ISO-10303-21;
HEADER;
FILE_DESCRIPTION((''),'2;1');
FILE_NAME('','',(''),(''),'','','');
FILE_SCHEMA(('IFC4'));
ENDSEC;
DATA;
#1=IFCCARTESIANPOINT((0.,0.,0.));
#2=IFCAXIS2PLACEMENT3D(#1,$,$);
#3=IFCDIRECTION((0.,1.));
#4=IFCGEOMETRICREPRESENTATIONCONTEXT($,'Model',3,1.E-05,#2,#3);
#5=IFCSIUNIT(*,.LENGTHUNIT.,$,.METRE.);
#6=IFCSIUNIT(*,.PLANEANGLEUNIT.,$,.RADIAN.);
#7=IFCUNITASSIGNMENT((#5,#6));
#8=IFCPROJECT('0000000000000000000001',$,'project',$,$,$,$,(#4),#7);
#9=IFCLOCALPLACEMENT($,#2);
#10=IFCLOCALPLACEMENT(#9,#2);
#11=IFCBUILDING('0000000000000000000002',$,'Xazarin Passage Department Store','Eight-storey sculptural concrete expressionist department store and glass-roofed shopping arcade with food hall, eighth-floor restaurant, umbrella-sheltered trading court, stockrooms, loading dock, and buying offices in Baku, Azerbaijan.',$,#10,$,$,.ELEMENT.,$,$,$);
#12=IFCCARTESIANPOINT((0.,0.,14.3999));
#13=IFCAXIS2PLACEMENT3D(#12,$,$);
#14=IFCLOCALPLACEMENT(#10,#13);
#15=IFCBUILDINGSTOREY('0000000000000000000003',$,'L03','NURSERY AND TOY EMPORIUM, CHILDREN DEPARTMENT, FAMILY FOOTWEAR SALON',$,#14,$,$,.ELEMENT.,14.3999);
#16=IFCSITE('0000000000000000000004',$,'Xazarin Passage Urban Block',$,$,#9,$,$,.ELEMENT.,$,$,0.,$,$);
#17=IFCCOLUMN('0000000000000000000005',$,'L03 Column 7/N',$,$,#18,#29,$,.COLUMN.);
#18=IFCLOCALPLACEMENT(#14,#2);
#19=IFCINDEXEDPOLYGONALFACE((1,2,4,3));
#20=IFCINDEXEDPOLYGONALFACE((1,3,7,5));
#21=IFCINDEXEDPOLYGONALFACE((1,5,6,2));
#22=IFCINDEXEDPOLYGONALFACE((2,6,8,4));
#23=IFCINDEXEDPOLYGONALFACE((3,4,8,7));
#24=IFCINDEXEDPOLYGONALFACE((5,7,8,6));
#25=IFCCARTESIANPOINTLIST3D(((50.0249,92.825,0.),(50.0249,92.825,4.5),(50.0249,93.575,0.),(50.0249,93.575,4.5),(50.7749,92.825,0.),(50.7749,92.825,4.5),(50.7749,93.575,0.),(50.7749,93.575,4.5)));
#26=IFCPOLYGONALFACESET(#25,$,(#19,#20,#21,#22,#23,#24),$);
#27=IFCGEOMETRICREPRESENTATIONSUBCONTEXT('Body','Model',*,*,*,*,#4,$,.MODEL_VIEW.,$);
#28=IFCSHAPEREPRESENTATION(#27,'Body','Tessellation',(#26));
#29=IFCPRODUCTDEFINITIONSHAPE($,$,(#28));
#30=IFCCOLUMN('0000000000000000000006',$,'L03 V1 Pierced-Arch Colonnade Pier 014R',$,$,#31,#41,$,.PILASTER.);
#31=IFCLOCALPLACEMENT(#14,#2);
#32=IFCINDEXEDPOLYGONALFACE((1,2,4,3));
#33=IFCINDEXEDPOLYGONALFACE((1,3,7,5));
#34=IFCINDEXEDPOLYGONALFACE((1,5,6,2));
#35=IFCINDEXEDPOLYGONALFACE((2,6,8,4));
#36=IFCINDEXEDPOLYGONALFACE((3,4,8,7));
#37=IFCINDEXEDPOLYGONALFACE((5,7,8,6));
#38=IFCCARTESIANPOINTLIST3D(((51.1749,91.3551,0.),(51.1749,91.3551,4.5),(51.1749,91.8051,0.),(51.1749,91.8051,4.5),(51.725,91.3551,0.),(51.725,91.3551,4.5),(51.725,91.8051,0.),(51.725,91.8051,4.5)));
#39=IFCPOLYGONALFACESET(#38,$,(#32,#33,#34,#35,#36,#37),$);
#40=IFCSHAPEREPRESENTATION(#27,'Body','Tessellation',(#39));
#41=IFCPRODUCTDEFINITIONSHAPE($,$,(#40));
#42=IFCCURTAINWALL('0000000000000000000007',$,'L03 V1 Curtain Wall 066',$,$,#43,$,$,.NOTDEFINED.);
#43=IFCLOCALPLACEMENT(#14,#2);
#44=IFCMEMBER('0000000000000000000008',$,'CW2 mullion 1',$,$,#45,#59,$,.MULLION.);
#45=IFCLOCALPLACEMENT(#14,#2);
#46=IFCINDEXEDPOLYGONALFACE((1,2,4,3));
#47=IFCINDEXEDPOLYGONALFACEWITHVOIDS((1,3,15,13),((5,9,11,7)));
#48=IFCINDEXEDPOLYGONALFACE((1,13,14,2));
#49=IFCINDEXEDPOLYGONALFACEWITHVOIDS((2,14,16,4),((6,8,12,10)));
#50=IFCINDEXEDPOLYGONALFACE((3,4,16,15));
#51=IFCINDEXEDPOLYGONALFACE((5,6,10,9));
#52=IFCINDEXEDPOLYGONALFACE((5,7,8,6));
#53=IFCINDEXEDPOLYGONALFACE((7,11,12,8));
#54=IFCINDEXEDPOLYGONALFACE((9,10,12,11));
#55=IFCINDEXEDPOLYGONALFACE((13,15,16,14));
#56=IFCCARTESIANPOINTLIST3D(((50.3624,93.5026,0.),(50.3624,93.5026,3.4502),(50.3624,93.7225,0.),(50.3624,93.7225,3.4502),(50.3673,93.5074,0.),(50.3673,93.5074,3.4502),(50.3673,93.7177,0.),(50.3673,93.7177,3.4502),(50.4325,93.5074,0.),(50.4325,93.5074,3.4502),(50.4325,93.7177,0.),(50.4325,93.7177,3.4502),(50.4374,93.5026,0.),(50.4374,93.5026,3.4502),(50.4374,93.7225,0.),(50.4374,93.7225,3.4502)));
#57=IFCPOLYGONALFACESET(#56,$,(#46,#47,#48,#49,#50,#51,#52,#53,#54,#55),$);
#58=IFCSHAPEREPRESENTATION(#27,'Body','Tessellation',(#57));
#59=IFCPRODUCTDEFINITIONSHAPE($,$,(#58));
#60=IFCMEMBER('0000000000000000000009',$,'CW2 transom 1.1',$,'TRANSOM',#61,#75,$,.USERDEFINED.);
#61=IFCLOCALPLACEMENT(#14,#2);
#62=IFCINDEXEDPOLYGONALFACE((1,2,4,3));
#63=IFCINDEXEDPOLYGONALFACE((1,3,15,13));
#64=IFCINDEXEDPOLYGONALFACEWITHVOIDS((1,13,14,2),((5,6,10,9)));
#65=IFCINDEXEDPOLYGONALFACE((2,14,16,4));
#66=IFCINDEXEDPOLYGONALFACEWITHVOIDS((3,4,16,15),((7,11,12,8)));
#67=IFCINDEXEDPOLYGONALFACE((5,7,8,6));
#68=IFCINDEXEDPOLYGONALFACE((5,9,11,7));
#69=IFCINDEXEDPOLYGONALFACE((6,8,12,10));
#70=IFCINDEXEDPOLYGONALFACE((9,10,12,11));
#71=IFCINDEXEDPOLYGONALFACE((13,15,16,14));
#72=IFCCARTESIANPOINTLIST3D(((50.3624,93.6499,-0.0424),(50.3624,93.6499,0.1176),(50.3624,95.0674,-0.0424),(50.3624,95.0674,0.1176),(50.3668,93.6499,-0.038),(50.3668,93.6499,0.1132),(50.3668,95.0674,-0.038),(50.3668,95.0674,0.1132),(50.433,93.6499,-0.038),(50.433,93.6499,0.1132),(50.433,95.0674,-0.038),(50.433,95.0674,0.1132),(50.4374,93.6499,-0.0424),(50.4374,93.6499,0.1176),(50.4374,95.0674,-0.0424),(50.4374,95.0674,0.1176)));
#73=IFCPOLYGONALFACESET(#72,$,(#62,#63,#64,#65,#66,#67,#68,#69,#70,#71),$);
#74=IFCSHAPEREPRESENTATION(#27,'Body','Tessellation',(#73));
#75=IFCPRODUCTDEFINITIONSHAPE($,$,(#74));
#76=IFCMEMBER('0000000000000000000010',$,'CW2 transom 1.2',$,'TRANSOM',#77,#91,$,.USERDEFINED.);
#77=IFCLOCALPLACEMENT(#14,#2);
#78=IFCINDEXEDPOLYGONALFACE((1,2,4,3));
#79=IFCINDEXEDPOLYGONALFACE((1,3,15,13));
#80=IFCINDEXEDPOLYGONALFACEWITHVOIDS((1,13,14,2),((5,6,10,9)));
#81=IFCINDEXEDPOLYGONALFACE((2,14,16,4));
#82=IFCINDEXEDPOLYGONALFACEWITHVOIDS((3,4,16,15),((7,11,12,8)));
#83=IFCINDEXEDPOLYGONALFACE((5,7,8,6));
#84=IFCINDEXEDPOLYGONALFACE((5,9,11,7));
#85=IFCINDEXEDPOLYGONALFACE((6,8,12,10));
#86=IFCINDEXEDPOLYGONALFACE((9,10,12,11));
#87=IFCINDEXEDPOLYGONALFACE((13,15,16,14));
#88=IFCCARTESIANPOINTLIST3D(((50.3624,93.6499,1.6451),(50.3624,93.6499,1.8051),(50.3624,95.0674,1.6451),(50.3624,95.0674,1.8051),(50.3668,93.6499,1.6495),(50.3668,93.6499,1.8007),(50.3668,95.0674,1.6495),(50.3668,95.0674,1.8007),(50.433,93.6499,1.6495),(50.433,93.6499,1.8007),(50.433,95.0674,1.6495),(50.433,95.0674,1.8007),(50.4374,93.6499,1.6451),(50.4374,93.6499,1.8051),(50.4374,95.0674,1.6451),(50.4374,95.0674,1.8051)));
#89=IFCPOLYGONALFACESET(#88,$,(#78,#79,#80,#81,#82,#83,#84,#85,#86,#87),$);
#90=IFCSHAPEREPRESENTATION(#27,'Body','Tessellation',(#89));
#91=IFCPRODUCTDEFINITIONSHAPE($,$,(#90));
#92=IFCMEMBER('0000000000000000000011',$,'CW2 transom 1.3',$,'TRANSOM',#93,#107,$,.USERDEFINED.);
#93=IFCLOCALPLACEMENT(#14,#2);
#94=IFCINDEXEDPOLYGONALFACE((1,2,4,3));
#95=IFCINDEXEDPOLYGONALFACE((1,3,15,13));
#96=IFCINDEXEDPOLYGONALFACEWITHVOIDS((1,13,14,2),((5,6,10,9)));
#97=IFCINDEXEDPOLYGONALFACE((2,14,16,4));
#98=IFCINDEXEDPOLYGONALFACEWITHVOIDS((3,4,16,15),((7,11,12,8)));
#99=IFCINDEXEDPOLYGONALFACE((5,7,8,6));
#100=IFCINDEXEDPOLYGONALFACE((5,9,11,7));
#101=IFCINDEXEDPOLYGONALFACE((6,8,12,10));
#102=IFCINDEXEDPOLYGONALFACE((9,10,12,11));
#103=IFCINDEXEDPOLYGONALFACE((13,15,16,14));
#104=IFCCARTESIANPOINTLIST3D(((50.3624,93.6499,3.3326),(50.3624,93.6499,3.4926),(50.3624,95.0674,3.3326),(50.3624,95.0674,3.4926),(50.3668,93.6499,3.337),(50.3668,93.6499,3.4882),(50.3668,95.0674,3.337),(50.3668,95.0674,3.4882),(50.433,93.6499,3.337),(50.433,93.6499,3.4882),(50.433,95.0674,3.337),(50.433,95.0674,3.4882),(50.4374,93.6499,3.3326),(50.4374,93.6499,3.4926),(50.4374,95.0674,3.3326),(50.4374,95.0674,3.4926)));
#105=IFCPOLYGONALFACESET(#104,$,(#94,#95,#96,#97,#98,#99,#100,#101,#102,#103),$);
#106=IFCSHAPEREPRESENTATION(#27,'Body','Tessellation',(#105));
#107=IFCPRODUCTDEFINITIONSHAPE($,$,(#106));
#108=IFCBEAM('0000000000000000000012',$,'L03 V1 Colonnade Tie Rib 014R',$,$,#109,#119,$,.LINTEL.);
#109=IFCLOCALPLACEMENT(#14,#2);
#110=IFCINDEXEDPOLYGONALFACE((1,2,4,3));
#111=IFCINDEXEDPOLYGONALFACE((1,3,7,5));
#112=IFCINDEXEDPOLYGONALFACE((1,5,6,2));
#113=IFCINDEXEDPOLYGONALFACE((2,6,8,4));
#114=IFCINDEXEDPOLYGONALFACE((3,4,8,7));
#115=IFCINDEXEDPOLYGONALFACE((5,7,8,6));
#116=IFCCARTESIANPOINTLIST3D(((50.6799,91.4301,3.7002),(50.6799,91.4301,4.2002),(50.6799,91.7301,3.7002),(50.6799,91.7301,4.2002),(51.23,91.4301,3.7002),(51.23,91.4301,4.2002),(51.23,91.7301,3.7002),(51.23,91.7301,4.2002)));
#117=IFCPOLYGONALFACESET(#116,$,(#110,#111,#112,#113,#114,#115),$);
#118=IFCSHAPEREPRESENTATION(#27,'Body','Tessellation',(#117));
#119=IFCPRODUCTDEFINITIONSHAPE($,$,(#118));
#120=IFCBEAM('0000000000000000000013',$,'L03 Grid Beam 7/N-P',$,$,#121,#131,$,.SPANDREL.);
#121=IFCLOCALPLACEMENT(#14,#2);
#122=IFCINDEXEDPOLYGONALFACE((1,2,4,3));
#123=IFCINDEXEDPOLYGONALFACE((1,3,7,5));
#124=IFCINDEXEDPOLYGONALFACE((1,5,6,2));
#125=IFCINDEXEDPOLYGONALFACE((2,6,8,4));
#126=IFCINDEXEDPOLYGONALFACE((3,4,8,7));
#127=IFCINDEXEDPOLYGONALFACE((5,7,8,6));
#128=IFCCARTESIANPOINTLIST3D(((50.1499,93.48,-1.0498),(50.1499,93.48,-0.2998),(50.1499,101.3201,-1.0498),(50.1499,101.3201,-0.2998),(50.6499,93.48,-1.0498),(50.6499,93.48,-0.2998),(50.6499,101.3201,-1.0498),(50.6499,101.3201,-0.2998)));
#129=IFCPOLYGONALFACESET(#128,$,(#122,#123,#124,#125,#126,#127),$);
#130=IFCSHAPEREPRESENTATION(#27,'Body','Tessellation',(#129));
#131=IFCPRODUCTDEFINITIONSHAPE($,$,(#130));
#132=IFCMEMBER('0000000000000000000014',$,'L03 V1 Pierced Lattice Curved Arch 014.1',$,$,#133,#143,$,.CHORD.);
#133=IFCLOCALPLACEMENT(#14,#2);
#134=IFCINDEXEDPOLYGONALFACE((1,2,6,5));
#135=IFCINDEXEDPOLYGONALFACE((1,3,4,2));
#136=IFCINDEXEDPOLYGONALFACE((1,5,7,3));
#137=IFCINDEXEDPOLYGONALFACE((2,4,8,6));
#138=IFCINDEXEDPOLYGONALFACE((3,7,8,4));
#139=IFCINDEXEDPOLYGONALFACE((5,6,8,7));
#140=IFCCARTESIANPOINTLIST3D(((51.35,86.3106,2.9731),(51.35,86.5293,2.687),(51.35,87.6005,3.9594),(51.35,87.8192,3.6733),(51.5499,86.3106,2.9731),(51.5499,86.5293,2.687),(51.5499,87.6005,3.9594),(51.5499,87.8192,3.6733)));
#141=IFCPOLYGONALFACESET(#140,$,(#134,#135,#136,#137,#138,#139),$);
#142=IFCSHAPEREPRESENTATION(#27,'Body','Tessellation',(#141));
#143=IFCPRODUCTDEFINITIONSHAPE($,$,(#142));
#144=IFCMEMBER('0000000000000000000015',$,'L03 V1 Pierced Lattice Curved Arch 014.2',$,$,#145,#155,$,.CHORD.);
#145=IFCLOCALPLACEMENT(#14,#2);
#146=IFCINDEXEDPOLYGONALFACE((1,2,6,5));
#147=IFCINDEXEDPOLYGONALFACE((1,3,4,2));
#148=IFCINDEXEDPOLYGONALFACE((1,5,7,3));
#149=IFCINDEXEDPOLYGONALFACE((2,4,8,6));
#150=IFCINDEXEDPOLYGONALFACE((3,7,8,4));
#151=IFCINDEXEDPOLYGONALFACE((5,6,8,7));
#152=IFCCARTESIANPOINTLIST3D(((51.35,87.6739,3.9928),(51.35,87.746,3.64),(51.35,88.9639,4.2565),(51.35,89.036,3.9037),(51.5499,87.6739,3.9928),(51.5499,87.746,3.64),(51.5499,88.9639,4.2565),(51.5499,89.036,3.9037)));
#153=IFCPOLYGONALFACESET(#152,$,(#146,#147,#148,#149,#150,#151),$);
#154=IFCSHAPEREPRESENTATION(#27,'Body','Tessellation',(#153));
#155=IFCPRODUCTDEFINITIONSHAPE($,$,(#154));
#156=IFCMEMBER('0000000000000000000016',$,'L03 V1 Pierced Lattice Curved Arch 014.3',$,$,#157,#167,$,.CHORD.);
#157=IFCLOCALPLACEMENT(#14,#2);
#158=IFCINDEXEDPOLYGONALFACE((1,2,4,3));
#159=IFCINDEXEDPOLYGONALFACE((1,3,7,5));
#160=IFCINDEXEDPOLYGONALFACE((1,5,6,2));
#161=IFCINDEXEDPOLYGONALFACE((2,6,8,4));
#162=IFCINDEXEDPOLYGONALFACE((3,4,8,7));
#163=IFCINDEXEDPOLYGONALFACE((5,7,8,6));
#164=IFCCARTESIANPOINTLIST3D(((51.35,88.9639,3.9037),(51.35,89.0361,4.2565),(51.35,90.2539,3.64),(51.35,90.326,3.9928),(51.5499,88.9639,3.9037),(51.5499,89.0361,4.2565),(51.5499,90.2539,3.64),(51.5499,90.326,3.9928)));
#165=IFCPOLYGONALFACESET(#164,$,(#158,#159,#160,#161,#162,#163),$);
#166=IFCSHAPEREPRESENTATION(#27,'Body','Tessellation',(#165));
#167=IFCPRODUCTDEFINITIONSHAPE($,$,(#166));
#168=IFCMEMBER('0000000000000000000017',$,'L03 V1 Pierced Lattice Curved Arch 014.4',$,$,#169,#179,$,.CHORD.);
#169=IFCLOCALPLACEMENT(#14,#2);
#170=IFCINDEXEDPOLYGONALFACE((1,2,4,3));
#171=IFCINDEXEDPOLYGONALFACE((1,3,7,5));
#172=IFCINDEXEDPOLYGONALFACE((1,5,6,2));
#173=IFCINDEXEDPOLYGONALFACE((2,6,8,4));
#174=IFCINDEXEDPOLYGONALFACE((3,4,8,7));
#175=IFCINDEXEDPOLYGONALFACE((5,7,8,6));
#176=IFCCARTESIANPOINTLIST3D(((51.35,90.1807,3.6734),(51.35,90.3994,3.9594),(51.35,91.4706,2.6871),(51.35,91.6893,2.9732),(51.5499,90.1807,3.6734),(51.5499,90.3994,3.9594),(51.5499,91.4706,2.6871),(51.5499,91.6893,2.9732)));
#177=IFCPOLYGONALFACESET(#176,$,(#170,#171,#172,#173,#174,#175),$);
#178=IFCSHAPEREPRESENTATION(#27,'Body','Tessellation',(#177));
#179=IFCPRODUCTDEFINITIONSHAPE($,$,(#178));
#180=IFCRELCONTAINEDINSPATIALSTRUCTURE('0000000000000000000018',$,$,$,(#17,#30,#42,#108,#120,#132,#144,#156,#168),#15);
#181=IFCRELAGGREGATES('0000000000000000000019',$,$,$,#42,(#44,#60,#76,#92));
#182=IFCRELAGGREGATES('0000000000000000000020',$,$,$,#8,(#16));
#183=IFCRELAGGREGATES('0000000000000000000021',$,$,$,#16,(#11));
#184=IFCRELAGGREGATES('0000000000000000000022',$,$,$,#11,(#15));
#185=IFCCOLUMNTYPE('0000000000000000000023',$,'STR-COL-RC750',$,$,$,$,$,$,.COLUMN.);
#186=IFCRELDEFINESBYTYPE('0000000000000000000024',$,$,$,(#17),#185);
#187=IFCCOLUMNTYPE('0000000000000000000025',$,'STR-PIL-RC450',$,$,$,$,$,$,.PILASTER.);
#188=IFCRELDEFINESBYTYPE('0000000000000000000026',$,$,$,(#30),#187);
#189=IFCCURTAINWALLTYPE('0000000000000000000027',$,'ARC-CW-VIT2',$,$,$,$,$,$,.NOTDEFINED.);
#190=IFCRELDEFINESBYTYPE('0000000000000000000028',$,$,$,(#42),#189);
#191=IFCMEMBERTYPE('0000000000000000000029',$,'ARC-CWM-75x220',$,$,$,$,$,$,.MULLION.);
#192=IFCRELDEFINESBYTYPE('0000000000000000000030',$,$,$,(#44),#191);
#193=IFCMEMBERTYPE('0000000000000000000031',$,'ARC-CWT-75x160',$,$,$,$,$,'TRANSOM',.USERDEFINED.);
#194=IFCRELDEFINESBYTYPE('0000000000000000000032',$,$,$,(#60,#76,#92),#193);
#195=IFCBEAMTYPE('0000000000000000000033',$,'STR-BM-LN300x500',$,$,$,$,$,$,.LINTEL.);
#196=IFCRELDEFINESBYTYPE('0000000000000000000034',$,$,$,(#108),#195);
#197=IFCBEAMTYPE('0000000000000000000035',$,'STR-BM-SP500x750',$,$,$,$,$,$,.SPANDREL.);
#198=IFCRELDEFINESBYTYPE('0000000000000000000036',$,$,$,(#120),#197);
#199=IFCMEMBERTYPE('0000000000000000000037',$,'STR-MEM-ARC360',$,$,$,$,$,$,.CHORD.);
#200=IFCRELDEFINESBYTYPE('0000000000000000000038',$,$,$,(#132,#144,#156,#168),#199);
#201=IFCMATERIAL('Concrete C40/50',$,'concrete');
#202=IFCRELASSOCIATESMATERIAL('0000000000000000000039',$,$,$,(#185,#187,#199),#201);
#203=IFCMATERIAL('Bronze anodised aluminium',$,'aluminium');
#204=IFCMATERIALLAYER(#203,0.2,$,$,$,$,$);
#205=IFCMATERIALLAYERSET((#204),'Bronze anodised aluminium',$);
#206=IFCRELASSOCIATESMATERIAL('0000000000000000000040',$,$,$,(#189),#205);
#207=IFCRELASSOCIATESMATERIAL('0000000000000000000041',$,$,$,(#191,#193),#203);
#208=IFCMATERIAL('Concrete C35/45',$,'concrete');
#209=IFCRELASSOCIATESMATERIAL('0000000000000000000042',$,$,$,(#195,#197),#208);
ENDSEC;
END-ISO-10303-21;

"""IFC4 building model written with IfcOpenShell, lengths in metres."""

from ifc_helpers import new_model, si_unit, direction, frame, origin, origin_2d, place, context, subcontext, project, spatial, rectangle, hollow_rectangle, extrude, material, layer, layer_set, material_profile, profile_set, type_object, element, aggregate, save


model = new_model("IFC4")

# Units and contexts
model_context = context("Model", 3, precision=1e-05, world=origin(), true_north=direction((0.0, 1.0)))
body_context = subcontext(model_context, "Body", "Model", "MODEL_VIEW")
ifc_project = project(units=[si_unit("LENGTHUNIT", "METRE"), si_unit("PLANEANGLEUNIT", "RADIAN")], contexts=[model_context])

# Site, building, storey
site_placement = place(None, origin())
site = spatial("IfcSite", under=ifc_project, at=site_placement, Name="Xazarin Passage Urban Block", CompositionType="ELEMENT", RefElevation=0.0)
building_placement = place(site_placement, origin())
building = spatial("IfcBuilding", under=site, at=building_placement, Name="Xazarin Passage Department Store", Description="Eight-storey sculptural concrete expressionist department store and glass-roofed shopping arcade with food hall, eighth-floor restaurant, umbrella-sheltered trading court, stockrooms, loading dock, and buying offices in Baku, Azerbaijan.", CompositionType="ELEMENT")
storey_placement = place(building_placement, frame((0.0, 0.0, 14.3999)))
storey = spatial("IfcBuildingStorey", under=building, at=storey_placement, Name="L03", Description="NURSERY AND TOY EMPORIUM, CHILDREN DEPARTMENT, FAMILY FOOTWEAR SALON", CompositionType="ELEMENT", Elevation=14.3999)

# Columns
ifc_material_1 = material(Name="Concrete C40/50", Category="concrete")
ifc_material_profile_1 = material_profile(ifc_material_1, rectangle(XDim=0.75, YDim=0.75, at=origin_2d()), Name="RC 750x750")
ifc_profile_set_1 = profile_set([ifc_material_profile_1], Name="Concrete C40/50")
column_type_1 = type_object("IfcColumnType", Name="STR-COL-RC750", PredefinedType="COLUMN", material=ifc_profile_set_1)
column_1_placement = place(storey_placement, frame((50.3999, 93.2, 0.0), z_axis=(0.0, 0.0, 1.0), x_axis=(1.0, 0.0, 0.0)))
element("IfcColumn", 1, at=column_1_placement, inside=storey, type_object=column_type_1, Name="L03 Column 7/N", PredefinedType="COLUMN", context=body_context, shape_type="SweptSolid", body=[
    extrude(rectangle(XDim=0.75, YDim=0.75, at=origin_2d()), origin(), (0.0, 0.0, 1.0), 4.5),
])
ifc_material_profile_2 = material_profile(ifc_material_1, rectangle(XDim=0.45, YDim=0.55, at=origin_2d()), Name="RC 450x550")
ifc_profile_set_2 = profile_set([ifc_material_profile_2], Name="Concrete C40/50")
column_type_2 = type_object("IfcColumnType", Name="STR-PIL-RC450", PredefinedType="PILASTER", material=ifc_profile_set_2)
column_2_placement = place(storey_placement, frame((51.45, 91.5801, 0.0), z_axis=(0.0, 0.0, 1.0), x_axis=(0.0, 1.0, 0.0)))
element("IfcColumn", 2, at=column_2_placement, inside=storey, type_object=column_type_2, Name="L03 V1 Pierced-Arch Colonnade Pier 014R", PredefinedType="PILASTER", context=body_context, shape_type="SweptSolid", body=[
    extrude(rectangle(XDim=0.45, YDim=0.55, at=origin_2d()), origin(), (0.0, 0.0, 1.0), 4.5),
])

# Curtain wall, members
ifc_material_2 = material(Name="Bronze anodised aluminium", Category="aluminium")
ifc_layer_1 = layer(ifc_material_2, 0.2)
ifc_layer_set_1 = layer_set([ifc_layer_1], Name="Bronze anodised aluminium")
curtain_wall_type = type_object("IfcCurtainWallType", Name="ARC-CW-VIT2", PredefinedType="NOTDEFINED", material=ifc_layer_set_1)
curtain_wall_placement = place(storey_placement, origin())
curtain_wall = element("IfcCurtainWall", 3, at=curtain_wall_placement, inside=storey, type_object=curtain_wall_type, Name="L03 V1 Curtain Wall 066", PredefinedType="NOTDEFINED")
ifc_material_profile_3 = material_profile(ifc_material_2, hollow_rectangle(XDim=0.075, YDim=0.22, WallThickness=0.0049, at=origin_2d()), Name="ALU 75x220")
ifc_profile_set_3 = profile_set([ifc_material_profile_3], Name="Bronze anodised aluminium")
member_type_1 = type_object("IfcMemberType", Name="ARC-CWM-75x220", PredefinedType="MULLION", material=ifc_profile_set_3)
member_1_placement = place(storey_placement, frame((50.3999, 93.6125, 0.0), z_axis=(0.0, 0.0, 1.0), x_axis=(-1.0, 0.0, 0.0)))
member_1 = element("IfcMember", 4, at=member_1_placement, type_object=member_type_1, Name="CW2 mullion 1", PredefinedType="MULLION", context=body_context, shape_type="SweptSolid", body=[
    extrude(hollow_rectangle(XDim=0.075, YDim=0.22, WallThickness=0.0049, at=origin_2d()), origin(), (0.0, 0.0, 1.0), 3.4502),
])
ifc_material_profile_4 = material_profile(ifc_material_2, hollow_rectangle(XDim=0.075, YDim=0.1599, WallThickness=0.0044, at=origin_2d()), Name="ALU 75x160")
ifc_profile_set_4 = profile_set([ifc_material_profile_4], Name="Bronze anodised aluminium")
member_type_2 = type_object("IfcMemberType", Name="ARC-CWT-75x160", ElementType="TRANSOM", PredefinedType="USERDEFINED", material=ifc_profile_set_4)
member_2_placement = place(storey_placement, frame((50.3999, 93.6499, 0.0376), z_axis=(0.0, 1.0, 0.0), x_axis=(-1.0, 0.0, 0.0)))
member_2 = element("IfcMember", 5, at=member_2_placement, type_object=member_type_2, Name="CW2 transom 1.1", ObjectType="TRANSOM", PredefinedType="USERDEFINED", context=body_context, shape_type="SweptSolid", body=[
    extrude(hollow_rectangle(XDim=0.075, YDim=0.1599, WallThickness=0.0044, at=origin_2d()), origin(), (0.0, 0.0, 1.0), 1.4175),
])
member_3_placement = place(storey_placement, frame((50.3999, 93.6499, 1.7251), z_axis=(0.0, 1.0, 0.0), x_axis=(-1.0, 0.0, 0.0)))
member_3 = element("IfcMember", 6, at=member_3_placement, type_object=member_type_2, Name="CW2 transom 1.2", ObjectType="TRANSOM", PredefinedType="USERDEFINED", context=body_context, shape_type="SweptSolid", body=[
    extrude(hollow_rectangle(XDim=0.075, YDim=0.1599, WallThickness=0.0044, at=origin_2d()), origin(), (0.0, 0.0, 1.0), 1.4175),
])
member_4_placement = place(storey_placement, frame((50.3999, 93.6499, 3.4126), z_axis=(0.0, 1.0, 0.0), x_axis=(-1.0, 0.0, 0.0)))
member_4 = element("IfcMember", 7, at=member_4_placement, type_object=member_type_2, Name="CW2 transom 1.3", ObjectType="TRANSOM", PredefinedType="USERDEFINED", context=body_context, shape_type="SweptSolid", body=[
    extrude(hollow_rectangle(XDim=0.075, YDim=0.1599, WallThickness=0.0044, at=origin_2d()), origin(), (0.0, 0.0, 1.0), 1.4175),
])

# Beams
ifc_material_3 = material(Name="Concrete C35/45", Category="concrete")
ifc_material_profile_5 = material_profile(ifc_material_3, rectangle(XDim=0.3, YDim=0.5, at=origin_2d()), Name="RC 300x500")
ifc_profile_set_5 = profile_set([ifc_material_profile_5], Name="Concrete C35/45")
beam_type_1 = type_object("IfcBeamType", Name="STR-BM-LN300x500", PredefinedType="LINTEL", material=ifc_profile_set_5)
beam_1_placement = place(storey_placement, frame((50.6799, 91.5801, 3.9502), z_axis=(1.0, 0.0, 0.0), x_axis=(0.0, 1.0, 0.0)))
element("IfcBeam", 8, at=beam_1_placement, inside=storey, type_object=beam_type_1, Name="L03 V1 Colonnade Tie Rib 014R", PredefinedType="LINTEL", context=body_context, shape_type="SweptSolid", body=[
    extrude(rectangle(XDim=0.3, YDim=0.5, at=origin_2d()), origin(), (0.0, 0.0, 1.0), 0.55),
])
ifc_material_profile_6 = material_profile(ifc_material_3, rectangle(XDim=0.5, YDim=0.75, at=origin_2d()), Name="RC 500x750")
ifc_profile_set_6 = profile_set([ifc_material_profile_6], Name="Concrete C35/45")
beam_type_2 = type_object("IfcBeamType", Name="STR-BM-SP500x750", PredefinedType="SPANDREL", material=ifc_profile_set_6)
beam_2_placement = place(storey_placement, frame((50.3999, 93.48, -0.6748), z_axis=(0.0, 1.0, 0.0), x_axis=(-1.0, 0.0, 0.0)))
element("IfcBeam", 9, at=beam_2_placement, inside=storey, type_object=beam_type_2, Name="L03 Grid Beam 7/N-P", PredefinedType="SPANDREL", context=body_context, shape_type="SweptSolid", body=[
    extrude(rectangle(XDim=0.5, YDim=0.75, at=origin_2d()), origin(), (0.0, 0.0, 1.0), 7.8401),
])

# Members
ifc_material_profile_7 = material_profile(ifc_material_1, rectangle(XDim=0.2, YDim=0.3601, at=origin_2d()), Name="RC 200x360")
ifc_profile_set_7 = profile_set([ifc_material_profile_7], Name="Concrete C40/50")
member_type_3 = type_object("IfcMemberType", Name="STR-MEM-ARC360", PredefinedType="CHORD", material=ifc_profile_set_7)
member_5_placement = place(storey_placement, frame((51.45, 86.4199, 2.8301), z_axis=(0.0, 0.794409, 0.607383), x_axis=(-1.0, 0.0, 0.0)))
element("IfcMember", 10, at=member_5_placement, inside=storey, type_object=member_type_3, Name="L03 V1 Pierced Lattice Curved Arch 014.1", PredefinedType="CHORD", context=body_context, shape_type="SweptSolid", body=[
    extrude(rectangle(XDim=0.2, YDim=0.3601, at=origin_2d()), origin(), (0.0, 0.0, 1.0), 1.6238),
])
for number, where, z_axis, x_axis, name in (
    (11, (51.45, 87.71, 3.8164), (0.0, 0.979745, 0.200251), (-1.0, 0.0, 0.0), "L03 V1 Pierced Lattice Curved Arch 014.2"),
    (12, (51.45, 89.0, 4.0801), (0.0, 0.979745, -0.200251), (-1.0, 0.0, 0.0), "L03 V1 Pierced Lattice Curved Arch 014.3"),
):
    element("IfcMember", number, at=place(storey_placement, frame(where, z_axis=z_axis, x_axis=x_axis)), inside=storey, type_object=member_type_3, Name=name, PredefinedType="CHORD", context=body_context, shape_type="SweptSolid", body=[
        extrude(rectangle(XDim=0.2, YDim=0.3601, at=origin_2d()), origin(), (0.0, 0.0, 1.0), 1.3167),
    ])
member_6_placement = place(storey_placement, frame((51.45, 90.29, 3.8164), z_axis=(0.0, 0.794409, -0.607383), x_axis=(-1.0, 0.0, 0.0)))
element("IfcMember", 13, at=member_6_placement, inside=storey, type_object=member_type_3, Name="L03 V1 Pierced Lattice Curved Arch 014.4", PredefinedType="CHORD", context=body_context, shape_type="SweptSolid", body=[
    extrude(rectangle(XDim=0.2, YDim=0.3601, at=origin_2d()), origin(), (0.0, 0.0, 1.0), 1.6238),
])

aggregate(curtain_wall, [member_1, member_2, member_3, member_4])

save(model, "model.ifc")
